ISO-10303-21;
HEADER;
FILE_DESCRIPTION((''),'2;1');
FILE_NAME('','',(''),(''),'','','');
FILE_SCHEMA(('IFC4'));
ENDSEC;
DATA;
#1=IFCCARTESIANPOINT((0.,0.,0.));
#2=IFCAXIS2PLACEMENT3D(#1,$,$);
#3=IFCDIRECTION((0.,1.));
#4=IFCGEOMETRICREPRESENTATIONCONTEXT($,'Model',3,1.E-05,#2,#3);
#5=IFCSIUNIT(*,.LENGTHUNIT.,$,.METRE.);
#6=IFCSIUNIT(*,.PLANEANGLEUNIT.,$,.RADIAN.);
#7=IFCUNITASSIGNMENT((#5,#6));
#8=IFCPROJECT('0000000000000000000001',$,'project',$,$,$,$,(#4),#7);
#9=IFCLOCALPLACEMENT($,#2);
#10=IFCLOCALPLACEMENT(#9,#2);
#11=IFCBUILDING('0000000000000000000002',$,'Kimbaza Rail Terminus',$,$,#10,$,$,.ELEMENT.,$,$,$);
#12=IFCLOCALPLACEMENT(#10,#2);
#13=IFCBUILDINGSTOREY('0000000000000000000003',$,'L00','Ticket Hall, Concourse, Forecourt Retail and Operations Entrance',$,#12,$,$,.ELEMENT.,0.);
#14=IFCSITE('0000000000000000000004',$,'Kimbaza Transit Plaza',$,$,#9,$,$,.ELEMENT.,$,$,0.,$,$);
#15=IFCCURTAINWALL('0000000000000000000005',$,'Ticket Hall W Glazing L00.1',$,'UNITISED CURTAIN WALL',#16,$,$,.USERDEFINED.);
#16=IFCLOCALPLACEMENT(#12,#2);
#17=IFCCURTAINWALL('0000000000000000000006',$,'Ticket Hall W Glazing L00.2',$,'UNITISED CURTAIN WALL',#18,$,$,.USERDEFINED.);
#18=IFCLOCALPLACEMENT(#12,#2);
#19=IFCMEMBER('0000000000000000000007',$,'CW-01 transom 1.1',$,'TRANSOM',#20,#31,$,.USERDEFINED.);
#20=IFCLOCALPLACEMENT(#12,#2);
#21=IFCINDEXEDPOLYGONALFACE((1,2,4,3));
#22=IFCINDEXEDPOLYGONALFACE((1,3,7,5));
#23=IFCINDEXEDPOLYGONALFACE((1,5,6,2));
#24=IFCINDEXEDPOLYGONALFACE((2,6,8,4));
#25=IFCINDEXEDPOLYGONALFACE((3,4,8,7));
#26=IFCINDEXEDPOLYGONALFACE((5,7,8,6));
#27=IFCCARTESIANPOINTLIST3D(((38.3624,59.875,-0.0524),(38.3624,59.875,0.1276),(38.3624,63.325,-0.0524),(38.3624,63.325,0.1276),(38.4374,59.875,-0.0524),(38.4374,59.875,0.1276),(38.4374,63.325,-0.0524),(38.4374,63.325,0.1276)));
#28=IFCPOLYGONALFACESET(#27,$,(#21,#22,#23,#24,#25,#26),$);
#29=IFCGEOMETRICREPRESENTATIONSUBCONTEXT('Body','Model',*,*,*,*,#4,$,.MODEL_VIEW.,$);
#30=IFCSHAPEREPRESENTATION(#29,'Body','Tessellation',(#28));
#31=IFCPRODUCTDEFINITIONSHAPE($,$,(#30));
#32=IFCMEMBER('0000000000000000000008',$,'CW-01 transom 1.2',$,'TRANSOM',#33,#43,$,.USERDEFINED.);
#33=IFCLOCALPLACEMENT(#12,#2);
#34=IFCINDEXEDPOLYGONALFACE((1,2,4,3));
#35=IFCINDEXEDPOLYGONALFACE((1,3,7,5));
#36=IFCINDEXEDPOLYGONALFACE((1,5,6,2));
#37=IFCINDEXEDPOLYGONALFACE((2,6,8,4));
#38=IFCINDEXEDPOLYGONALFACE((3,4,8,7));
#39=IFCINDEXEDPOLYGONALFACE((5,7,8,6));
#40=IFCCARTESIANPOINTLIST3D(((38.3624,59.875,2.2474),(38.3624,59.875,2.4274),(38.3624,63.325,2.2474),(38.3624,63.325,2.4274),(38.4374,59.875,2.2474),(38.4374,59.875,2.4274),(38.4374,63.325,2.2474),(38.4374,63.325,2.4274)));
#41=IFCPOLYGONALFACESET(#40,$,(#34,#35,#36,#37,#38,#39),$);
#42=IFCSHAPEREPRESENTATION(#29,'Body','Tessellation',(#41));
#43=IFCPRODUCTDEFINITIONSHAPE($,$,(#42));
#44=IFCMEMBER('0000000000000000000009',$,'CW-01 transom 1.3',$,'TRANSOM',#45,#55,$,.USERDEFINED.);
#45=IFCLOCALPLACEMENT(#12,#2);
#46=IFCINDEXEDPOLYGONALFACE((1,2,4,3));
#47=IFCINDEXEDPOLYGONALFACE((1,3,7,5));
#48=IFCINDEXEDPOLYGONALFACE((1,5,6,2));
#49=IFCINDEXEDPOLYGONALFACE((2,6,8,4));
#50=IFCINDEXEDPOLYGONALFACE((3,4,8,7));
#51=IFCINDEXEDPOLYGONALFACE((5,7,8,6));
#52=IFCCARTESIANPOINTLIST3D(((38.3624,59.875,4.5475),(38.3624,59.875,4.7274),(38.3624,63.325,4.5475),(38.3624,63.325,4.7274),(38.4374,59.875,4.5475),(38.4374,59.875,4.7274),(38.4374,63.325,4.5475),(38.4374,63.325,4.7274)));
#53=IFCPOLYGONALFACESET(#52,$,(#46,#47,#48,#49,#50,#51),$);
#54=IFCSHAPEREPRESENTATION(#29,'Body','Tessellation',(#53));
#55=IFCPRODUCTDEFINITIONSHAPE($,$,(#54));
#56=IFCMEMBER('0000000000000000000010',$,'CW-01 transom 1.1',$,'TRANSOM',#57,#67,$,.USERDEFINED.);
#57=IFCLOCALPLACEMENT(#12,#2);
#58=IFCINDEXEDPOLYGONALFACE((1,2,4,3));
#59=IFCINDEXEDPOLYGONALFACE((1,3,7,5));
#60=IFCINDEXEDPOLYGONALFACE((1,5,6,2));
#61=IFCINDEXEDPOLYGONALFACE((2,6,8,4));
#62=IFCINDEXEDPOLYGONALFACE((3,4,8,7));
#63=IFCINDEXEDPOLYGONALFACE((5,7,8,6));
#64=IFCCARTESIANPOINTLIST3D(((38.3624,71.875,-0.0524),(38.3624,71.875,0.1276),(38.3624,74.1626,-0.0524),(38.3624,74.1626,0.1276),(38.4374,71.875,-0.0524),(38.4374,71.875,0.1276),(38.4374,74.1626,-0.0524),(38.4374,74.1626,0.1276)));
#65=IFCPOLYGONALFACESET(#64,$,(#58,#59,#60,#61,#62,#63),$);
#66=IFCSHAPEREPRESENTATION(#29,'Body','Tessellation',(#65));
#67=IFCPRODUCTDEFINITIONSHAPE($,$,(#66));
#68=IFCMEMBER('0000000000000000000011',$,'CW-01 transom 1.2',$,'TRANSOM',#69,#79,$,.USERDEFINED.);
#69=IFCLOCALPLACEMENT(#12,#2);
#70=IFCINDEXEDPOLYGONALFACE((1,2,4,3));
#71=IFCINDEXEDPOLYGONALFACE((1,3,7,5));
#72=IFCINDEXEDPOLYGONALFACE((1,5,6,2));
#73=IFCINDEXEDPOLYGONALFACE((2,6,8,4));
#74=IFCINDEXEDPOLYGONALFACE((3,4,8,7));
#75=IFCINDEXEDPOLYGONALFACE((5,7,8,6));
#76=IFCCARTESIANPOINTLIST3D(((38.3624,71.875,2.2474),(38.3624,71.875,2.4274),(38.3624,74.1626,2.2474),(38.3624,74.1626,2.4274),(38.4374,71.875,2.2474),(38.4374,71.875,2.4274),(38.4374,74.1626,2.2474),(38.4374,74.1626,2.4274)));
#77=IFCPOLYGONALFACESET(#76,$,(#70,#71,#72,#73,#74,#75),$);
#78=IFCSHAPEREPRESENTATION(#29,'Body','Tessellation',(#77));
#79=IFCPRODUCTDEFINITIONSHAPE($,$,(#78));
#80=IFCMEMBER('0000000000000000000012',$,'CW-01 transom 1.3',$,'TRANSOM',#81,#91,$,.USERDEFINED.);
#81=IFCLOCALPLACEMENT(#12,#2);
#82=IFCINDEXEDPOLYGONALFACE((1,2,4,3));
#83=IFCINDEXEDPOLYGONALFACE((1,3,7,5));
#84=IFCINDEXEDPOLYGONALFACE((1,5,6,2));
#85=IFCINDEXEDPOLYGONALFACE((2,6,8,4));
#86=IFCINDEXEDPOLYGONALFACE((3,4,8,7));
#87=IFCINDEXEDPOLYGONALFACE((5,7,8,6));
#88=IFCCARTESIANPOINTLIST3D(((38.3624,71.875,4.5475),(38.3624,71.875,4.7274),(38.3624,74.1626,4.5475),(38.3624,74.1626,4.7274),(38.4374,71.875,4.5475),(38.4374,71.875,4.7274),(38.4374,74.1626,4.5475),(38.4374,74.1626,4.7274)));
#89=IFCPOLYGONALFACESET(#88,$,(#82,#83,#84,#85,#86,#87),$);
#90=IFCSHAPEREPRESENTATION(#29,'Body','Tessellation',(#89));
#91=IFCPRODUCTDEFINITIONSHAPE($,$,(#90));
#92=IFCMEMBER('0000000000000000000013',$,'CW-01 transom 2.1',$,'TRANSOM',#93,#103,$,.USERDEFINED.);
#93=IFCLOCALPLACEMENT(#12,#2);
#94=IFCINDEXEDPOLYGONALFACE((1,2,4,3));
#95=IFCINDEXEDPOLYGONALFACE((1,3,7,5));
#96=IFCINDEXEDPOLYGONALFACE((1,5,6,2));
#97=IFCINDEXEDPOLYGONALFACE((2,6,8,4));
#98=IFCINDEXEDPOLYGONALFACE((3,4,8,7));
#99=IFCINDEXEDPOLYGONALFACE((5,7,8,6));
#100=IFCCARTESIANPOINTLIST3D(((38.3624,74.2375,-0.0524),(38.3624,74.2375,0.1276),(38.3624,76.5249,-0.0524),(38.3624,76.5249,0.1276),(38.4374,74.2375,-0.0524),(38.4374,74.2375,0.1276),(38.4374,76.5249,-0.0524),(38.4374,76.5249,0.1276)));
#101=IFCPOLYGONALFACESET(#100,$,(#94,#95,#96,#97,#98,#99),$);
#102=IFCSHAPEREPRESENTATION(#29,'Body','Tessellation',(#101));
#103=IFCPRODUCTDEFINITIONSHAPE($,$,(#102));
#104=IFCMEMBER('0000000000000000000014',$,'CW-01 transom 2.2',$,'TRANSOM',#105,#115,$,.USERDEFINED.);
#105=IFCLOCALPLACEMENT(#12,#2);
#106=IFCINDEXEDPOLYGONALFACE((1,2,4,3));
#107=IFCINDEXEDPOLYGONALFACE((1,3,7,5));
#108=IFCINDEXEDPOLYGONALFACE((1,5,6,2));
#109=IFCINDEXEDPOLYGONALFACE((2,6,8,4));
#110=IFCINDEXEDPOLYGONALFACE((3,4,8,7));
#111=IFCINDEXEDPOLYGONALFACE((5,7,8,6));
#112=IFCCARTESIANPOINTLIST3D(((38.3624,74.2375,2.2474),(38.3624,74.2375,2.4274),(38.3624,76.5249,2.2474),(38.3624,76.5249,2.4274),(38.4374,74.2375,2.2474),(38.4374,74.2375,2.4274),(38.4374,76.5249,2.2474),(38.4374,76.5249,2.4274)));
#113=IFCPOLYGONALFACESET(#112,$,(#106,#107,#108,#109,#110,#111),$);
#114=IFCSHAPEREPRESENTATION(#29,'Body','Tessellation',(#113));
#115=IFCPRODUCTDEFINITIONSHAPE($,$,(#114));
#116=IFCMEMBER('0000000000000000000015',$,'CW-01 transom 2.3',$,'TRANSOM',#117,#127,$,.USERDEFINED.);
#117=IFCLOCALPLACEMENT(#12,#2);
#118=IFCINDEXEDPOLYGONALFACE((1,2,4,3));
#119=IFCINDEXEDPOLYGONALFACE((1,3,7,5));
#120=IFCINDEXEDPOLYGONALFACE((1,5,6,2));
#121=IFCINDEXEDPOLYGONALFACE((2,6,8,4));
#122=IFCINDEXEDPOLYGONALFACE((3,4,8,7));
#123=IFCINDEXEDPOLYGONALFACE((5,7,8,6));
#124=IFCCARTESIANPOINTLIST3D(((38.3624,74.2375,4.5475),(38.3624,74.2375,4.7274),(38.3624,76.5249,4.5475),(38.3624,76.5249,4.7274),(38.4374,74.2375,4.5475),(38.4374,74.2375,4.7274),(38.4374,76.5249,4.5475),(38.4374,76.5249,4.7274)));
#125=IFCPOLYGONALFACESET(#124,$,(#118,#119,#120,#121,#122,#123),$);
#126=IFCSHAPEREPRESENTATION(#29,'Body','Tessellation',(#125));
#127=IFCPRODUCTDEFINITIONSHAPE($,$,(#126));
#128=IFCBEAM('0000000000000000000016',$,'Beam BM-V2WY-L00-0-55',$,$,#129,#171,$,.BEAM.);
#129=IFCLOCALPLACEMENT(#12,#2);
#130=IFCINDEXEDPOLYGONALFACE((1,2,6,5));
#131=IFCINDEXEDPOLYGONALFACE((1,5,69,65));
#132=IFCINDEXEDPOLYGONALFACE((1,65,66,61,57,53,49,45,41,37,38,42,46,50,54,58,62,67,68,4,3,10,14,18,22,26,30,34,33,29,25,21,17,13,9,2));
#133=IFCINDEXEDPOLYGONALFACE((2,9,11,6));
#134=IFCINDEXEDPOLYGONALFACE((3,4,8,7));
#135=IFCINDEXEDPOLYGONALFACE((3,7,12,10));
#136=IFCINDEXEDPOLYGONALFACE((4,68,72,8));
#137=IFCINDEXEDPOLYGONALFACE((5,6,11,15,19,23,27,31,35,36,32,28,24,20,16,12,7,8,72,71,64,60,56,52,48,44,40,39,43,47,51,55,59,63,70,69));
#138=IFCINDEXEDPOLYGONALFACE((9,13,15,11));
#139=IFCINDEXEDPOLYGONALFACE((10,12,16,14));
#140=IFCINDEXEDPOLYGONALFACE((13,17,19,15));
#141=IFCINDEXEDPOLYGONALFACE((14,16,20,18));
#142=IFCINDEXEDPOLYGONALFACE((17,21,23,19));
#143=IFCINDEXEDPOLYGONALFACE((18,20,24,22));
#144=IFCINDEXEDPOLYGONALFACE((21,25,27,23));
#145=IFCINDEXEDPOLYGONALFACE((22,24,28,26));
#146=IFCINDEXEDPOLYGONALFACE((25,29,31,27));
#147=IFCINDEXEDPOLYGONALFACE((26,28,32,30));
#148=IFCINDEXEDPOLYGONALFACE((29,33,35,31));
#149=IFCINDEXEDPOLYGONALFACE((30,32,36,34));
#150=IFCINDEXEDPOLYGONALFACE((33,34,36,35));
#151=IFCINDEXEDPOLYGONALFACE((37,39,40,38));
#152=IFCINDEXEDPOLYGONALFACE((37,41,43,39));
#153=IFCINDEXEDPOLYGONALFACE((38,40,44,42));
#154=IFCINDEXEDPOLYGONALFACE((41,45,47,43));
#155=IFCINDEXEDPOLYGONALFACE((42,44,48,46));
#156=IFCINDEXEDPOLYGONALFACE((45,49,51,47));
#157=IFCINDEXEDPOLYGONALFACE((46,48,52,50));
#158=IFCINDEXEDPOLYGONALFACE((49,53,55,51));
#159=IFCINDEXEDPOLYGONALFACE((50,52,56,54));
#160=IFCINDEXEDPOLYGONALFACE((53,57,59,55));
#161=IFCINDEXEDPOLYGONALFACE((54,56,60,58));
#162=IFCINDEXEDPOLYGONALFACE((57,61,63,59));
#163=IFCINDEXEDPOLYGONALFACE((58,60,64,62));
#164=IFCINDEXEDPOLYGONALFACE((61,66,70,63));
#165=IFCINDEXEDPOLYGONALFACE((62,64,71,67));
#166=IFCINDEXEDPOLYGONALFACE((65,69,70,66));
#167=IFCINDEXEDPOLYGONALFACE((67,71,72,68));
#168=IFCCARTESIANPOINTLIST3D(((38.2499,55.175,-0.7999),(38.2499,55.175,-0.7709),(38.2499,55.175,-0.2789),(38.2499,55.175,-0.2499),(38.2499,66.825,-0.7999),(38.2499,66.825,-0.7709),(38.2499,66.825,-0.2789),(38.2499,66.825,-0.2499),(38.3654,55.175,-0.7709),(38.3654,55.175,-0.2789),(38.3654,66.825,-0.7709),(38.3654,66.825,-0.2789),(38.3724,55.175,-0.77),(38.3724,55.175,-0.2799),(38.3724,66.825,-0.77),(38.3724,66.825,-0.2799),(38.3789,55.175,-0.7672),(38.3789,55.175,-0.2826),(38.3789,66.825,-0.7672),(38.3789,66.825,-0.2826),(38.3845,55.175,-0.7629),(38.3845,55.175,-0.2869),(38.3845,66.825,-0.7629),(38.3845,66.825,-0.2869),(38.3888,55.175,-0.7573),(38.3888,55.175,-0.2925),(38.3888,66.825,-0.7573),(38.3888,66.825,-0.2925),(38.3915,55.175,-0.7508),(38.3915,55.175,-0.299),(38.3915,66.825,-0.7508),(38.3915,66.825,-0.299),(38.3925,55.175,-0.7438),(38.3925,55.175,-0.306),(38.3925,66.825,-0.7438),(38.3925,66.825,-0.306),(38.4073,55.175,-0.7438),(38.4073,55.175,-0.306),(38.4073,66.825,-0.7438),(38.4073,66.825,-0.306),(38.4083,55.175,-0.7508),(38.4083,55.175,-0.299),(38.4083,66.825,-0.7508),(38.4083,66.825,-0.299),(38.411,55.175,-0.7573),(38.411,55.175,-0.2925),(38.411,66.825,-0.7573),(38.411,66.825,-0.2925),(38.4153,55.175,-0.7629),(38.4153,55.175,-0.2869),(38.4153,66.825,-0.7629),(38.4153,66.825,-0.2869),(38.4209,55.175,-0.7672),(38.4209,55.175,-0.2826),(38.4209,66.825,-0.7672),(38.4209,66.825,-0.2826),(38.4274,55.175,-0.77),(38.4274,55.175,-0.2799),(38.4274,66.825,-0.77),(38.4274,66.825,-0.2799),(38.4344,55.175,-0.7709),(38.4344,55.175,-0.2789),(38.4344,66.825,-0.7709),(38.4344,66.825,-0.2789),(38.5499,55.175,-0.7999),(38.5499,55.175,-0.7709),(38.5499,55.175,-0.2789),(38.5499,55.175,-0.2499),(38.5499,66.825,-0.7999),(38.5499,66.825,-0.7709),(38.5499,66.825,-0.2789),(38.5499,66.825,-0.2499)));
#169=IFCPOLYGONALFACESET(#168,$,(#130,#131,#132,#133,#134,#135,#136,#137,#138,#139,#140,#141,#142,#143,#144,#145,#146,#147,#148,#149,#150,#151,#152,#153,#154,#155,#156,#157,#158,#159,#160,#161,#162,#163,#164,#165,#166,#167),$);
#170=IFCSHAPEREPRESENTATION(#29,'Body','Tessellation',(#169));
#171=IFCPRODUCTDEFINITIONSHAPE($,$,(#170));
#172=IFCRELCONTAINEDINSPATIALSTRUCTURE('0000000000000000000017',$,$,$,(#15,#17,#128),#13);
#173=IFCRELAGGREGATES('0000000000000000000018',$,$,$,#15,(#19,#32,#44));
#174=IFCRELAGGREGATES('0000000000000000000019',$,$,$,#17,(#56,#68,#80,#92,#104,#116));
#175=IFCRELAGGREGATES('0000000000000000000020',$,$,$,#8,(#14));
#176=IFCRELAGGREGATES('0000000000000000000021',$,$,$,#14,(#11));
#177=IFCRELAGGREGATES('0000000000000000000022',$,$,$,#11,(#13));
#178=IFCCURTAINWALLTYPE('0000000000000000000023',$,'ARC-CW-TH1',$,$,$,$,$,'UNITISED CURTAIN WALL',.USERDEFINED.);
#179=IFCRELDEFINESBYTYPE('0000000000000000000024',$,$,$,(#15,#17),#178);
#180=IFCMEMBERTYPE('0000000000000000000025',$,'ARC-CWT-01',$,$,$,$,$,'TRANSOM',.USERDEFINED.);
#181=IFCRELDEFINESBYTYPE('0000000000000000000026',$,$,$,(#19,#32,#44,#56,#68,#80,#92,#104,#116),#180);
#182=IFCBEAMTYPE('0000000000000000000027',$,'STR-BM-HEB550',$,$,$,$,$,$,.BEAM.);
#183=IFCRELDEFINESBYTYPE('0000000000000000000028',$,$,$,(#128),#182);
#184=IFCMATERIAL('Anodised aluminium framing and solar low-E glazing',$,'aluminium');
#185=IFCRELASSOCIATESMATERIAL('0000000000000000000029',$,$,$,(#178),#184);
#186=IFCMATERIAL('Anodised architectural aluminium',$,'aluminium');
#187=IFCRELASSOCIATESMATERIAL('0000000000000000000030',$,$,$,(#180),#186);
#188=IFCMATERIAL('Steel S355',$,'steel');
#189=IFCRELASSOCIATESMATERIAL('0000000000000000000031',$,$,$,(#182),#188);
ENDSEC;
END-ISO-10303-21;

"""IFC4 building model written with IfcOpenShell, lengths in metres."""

from ifc_helpers import new_model, si_unit, direction, frame, origin, origin_2d, place, context, subcontext, project, spatial, rectangle, i_section, extrude, material, material_profile, profile_set, type_object, element, aggregate, save


model = new_model("IFC4")

# Units and contexts
model_context = context("Model", 3, precision=1e-05, world=origin(), true_north=direction((0.0, 1.0)))
body_context = subcontext(model_context, "Body", "Model", "MODEL_VIEW")
ifc_project = project(units=[si_unit("LENGTHUNIT", "METRE"), si_unit("PLANEANGLEUNIT", "RADIAN")], contexts=[model_context])

# Site, building, storey
site_placement = place(None, origin())
site = spatial("IfcSite", under=ifc_project, at=site_placement, Name="Kimbaza Transit Plaza", CompositionType="ELEMENT", RefElevation=0.0)
building_placement = place(site_placement, origin())
building = spatial("IfcBuilding", under=site, at=building_placement, Name="Kimbaza Rail Terminus", CompositionType="ELEMENT")
storey_placement = place(building_placement, origin())
storey = spatial("IfcBuildingStorey", under=building, at=storey_placement, Name="L00", Description="Ticket Hall, Concourse, Forecourt Retail and Operations Entrance", CompositionType="ELEMENT", Elevation=0.0)

# Curtain walls
ifc_material_1 = material(Name="Anodised aluminium framing and solar low-E glazing", Category="aluminium")
curtain_wall_type = type_object("IfcCurtainWallType", Name="ARC-CW-TH1", ElementType="UNITISED CURTAIN WALL", PredefinedType="USERDEFINED", material=ifc_material_1)
curtain_wall_1_placement = place(storey_placement, origin())
curtain_wall_1 = element("IfcCurtainWall", 1, at=curtain_wall_1_placement, inside=storey, type_object=curtain_wall_type, Name="Ticket Hall W Glazing L00.1", ObjectType="UNITISED CURTAIN WALL", PredefinedType="USERDEFINED")
curtain_wall_2_placement = place(storey_placement, origin())
curtain_wall_2 = element("IfcCurtainWall", 2, at=curtain_wall_2_placement, inside=storey, type_object=curtain_wall_type, Name="Ticket Hall W Glazing L00.2", ObjectType="UNITISED CURTAIN WALL", PredefinedType="USERDEFINED")

# Members
ifc_material_2 = material(Name="Anodised architectural aluminium", Category="aluminium")
ifc_material_profile_1 = material_profile(ifc_material_2, rectangle(XDim=0.075, YDim=0.1799, at=origin_2d()), Name="TRANSOM 75x180")
ifc_profile_set_1 = profile_set([ifc_material_profile_1], Name="Anodised architectural aluminium")
member_type_1 = type_object("IfcMemberType", Name="ARC-CWT-01", ElementType="TRANSOM", PredefinedType="USERDEFINED", material=ifc_profile_set_1)
member_1_placement = place(storey_placement, frame((38.3999, 59.875, 0.0376), z_axis=(0.0, 1.0, 0.0), x_axis=(-1.0, 0.0, 0.0)))
member_1 = element("IfcMember", 3, at=member_1_placement, type_object=member_type_1, Name="CW-01 transom 1.1", ObjectType="TRANSOM", PredefinedType="USERDEFINED", context=body_context, shape_type="SweptSolid", body=[
    extrude(rectangle(XDim=0.075, YDim=0.1799, at=origin_2d()), origin(), (0.0, 0.0, 1.0), 3.45),
])
member_2_placement = place(storey_placement, frame((38.3999, 59.875, 2.3374), z_axis=(0.0, 1.0, 0.0), x_axis=(-1.0, 0.0, 0.0)))
member_2 = element("IfcMember", 4, at=member_2_placement, type_object=member_type_1, Name="CW-01 transom 1.2", ObjectType="TRANSOM", PredefinedType="USERDEFINED", context=body_context, shape_type="SweptSolid", body=[
    extrude(rectangle(XDim=0.075, YDim=0.1799, at=origin_2d()), origin(), (0.0, 0.0, 1.0), 3.45),
])
member_3_placement = place(storey_placement, frame((38.3999, 59.875, 4.6375), z_axis=(0.0, 1.0, 0.0), x_axis=(-1.0, 0.0, 0.0)))
member_3 = element("IfcMember", 5, at=member_3_placement, type_object=member_type_1, Name="CW-01 transom 1.3", ObjectType="TRANSOM", PredefinedType="USERDEFINED", context=body_context, shape_type="SweptSolid", body=[
    extrude(rectangle(XDim=0.075, YDim=0.1799, at=origin_2d()), origin(), (0.0, 0.0, 1.0), 3.45),
])
member_4_placement = place(storey_placement, frame((38.3999, 71.875, 0.0376), z_axis=(0.0, 1.0, 0.0), x_axis=(-1.0, 0.0, 0.0)))
member_4 = element("IfcMember", 6, at=member_4_placement, type_object=member_type_1, Name="CW-01 transom 1.1", ObjectType="TRANSOM", PredefinedType="USERDEFINED", context=body_context, shape_type="SweptSolid", body=[
    extrude(rectangle(XDim=0.075, YDim=0.1799, at=origin_2d()), origin(), (0.0, 0.0, 1.0), 2.2876),
])
member_5_placement = place(storey_placement, frame((38.3999, 71.875, 2.3374), z_axis=(0.0, 1.0, 0.0), x_axis=(-1.0, 0.0, 0.0)))
member_5 = element("IfcMember", 7, at=member_5_placement, type_object=member_type_1, Name="CW-01 transom 1.2", ObjectType="TRANSOM", PredefinedType="USERDEFINED", context=body_context, shape_type="SweptSolid", body=[
    extrude(rectangle(XDim=0.075, YDim=0.1799, at=origin_2d()), origin(), (0.0, 0.0, 1.0), 2.2876),
])
member_6_placement = place(storey_placement, frame((38.3999, 71.875, 4.6375), z_axis=(0.0, 1.0, 0.0), x_axis=(-1.0, 0.0, 0.0)))
member_6 = element("IfcMember", 8, at=member_6_placement, type_object=member_type_1, Name="CW-01 transom 1.3", ObjectType="TRANSOM", PredefinedType="USERDEFINED", context=body_context, shape_type="SweptSolid", body=[
    extrude(rectangle(XDim=0.075, YDim=0.1799, at=origin_2d()), origin(), (0.0, 0.0, 1.0), 2.2876),
])
member_7_placement = place(storey_placement, frame((38.3999, 74.2375, 0.0376), z_axis=(0.0, 1.0, 0.0), x_axis=(-1.0, 0.0, 0.0)))
member_7 = element("IfcMember", 9, at=member_7_placement, type_object=member_type_1, Name="CW-01 transom 2.1", ObjectType="TRANSOM", PredefinedType="USERDEFINED", context=body_context, shape_type="SweptSolid", body=[
    extrude(rectangle(XDim=0.075, YDim=0.1799, at=origin_2d()), origin(), (0.0, 0.0, 1.0), 2.2874),
])
member_8_placement = place(storey_placement, frame((38.3999, 74.2375, 2.3374), z_axis=(0.0, 1.0, 0.0), x_axis=(-1.0, 0.0, 0.0)))
member_8 = element("IfcMember", 10, at=member_8_placement, type_object=member_type_1, Name="CW-01 transom 2.2", ObjectType="TRANSOM", PredefinedType="USERDEFINED", context=body_context, shape_type="SweptSolid", body=[
    extrude(rectangle(XDim=0.075, YDim=0.1799, at=origin_2d()), origin(), (0.0, 0.0, 1.0), 2.2874),
])
member_9_placement = place(storey_placement, frame((38.3999, 74.2375, 4.6375), z_axis=(0.0, 1.0, 0.0), x_axis=(-1.0, 0.0, 0.0)))
member_9 = element("IfcMember", 11, at=member_9_placement, type_object=member_type_1, Name="CW-01 transom 2.3", ObjectType="TRANSOM", PredefinedType="USERDEFINED", context=body_context, shape_type="SweptSolid", body=[
    extrude(rectangle(XDim=0.075, YDim=0.1799, at=origin_2d()), origin(), (0.0, 0.0, 1.0), 2.2874),
])

# Beam
ifc_material_3 = material(Name="Steel S355", Category="steel")
ifc_material_profile_2 = material_profile(ifc_material_3, i_section(OverallWidth=0.3, OverallDepth=0.55, WebThickness=0.0149, FlangeThickness=0.0291, FilletRadius=0.0271, at=origin_2d()), Name="HEB 550")
ifc_profile_set_2 = profile_set([ifc_material_profile_2], Name="Steel S355")
beam_type_1 = type_object("IfcBeamType", Name="STR-BM-HEB550", PredefinedType="BEAM", material=ifc_profile_set_2)
beam_1_placement = place(storey_placement, frame((38.3999, 55.175, -0.5249), z_axis=(0.0, 1.0, 0.0), x_axis=(-1.0, 0.0, 0.0)))
element("IfcBeam", 12, at=beam_1_placement, inside=storey, type_object=beam_type_1, Name="Beam BM-V2WY-L00-0-55", PredefinedType="BEAM", context=body_context, shape_type="SweptSolid", body=[
    extrude(i_section(OverallWidth=0.3, OverallDepth=0.55, WebThickness=0.0149, FlangeThickness=0.0291, FilletRadius=0.0271, at=origin_2d()), origin(), (0.0, 0.0, 1.0), 11.6499),
])

aggregate(curtain_wall_1, [member_1, member_2, member_3])
aggregate(curtain_wall_2, [member_4, member_5, member_6, member_7, member_8, member_9])

save(model, "model.ifc")
